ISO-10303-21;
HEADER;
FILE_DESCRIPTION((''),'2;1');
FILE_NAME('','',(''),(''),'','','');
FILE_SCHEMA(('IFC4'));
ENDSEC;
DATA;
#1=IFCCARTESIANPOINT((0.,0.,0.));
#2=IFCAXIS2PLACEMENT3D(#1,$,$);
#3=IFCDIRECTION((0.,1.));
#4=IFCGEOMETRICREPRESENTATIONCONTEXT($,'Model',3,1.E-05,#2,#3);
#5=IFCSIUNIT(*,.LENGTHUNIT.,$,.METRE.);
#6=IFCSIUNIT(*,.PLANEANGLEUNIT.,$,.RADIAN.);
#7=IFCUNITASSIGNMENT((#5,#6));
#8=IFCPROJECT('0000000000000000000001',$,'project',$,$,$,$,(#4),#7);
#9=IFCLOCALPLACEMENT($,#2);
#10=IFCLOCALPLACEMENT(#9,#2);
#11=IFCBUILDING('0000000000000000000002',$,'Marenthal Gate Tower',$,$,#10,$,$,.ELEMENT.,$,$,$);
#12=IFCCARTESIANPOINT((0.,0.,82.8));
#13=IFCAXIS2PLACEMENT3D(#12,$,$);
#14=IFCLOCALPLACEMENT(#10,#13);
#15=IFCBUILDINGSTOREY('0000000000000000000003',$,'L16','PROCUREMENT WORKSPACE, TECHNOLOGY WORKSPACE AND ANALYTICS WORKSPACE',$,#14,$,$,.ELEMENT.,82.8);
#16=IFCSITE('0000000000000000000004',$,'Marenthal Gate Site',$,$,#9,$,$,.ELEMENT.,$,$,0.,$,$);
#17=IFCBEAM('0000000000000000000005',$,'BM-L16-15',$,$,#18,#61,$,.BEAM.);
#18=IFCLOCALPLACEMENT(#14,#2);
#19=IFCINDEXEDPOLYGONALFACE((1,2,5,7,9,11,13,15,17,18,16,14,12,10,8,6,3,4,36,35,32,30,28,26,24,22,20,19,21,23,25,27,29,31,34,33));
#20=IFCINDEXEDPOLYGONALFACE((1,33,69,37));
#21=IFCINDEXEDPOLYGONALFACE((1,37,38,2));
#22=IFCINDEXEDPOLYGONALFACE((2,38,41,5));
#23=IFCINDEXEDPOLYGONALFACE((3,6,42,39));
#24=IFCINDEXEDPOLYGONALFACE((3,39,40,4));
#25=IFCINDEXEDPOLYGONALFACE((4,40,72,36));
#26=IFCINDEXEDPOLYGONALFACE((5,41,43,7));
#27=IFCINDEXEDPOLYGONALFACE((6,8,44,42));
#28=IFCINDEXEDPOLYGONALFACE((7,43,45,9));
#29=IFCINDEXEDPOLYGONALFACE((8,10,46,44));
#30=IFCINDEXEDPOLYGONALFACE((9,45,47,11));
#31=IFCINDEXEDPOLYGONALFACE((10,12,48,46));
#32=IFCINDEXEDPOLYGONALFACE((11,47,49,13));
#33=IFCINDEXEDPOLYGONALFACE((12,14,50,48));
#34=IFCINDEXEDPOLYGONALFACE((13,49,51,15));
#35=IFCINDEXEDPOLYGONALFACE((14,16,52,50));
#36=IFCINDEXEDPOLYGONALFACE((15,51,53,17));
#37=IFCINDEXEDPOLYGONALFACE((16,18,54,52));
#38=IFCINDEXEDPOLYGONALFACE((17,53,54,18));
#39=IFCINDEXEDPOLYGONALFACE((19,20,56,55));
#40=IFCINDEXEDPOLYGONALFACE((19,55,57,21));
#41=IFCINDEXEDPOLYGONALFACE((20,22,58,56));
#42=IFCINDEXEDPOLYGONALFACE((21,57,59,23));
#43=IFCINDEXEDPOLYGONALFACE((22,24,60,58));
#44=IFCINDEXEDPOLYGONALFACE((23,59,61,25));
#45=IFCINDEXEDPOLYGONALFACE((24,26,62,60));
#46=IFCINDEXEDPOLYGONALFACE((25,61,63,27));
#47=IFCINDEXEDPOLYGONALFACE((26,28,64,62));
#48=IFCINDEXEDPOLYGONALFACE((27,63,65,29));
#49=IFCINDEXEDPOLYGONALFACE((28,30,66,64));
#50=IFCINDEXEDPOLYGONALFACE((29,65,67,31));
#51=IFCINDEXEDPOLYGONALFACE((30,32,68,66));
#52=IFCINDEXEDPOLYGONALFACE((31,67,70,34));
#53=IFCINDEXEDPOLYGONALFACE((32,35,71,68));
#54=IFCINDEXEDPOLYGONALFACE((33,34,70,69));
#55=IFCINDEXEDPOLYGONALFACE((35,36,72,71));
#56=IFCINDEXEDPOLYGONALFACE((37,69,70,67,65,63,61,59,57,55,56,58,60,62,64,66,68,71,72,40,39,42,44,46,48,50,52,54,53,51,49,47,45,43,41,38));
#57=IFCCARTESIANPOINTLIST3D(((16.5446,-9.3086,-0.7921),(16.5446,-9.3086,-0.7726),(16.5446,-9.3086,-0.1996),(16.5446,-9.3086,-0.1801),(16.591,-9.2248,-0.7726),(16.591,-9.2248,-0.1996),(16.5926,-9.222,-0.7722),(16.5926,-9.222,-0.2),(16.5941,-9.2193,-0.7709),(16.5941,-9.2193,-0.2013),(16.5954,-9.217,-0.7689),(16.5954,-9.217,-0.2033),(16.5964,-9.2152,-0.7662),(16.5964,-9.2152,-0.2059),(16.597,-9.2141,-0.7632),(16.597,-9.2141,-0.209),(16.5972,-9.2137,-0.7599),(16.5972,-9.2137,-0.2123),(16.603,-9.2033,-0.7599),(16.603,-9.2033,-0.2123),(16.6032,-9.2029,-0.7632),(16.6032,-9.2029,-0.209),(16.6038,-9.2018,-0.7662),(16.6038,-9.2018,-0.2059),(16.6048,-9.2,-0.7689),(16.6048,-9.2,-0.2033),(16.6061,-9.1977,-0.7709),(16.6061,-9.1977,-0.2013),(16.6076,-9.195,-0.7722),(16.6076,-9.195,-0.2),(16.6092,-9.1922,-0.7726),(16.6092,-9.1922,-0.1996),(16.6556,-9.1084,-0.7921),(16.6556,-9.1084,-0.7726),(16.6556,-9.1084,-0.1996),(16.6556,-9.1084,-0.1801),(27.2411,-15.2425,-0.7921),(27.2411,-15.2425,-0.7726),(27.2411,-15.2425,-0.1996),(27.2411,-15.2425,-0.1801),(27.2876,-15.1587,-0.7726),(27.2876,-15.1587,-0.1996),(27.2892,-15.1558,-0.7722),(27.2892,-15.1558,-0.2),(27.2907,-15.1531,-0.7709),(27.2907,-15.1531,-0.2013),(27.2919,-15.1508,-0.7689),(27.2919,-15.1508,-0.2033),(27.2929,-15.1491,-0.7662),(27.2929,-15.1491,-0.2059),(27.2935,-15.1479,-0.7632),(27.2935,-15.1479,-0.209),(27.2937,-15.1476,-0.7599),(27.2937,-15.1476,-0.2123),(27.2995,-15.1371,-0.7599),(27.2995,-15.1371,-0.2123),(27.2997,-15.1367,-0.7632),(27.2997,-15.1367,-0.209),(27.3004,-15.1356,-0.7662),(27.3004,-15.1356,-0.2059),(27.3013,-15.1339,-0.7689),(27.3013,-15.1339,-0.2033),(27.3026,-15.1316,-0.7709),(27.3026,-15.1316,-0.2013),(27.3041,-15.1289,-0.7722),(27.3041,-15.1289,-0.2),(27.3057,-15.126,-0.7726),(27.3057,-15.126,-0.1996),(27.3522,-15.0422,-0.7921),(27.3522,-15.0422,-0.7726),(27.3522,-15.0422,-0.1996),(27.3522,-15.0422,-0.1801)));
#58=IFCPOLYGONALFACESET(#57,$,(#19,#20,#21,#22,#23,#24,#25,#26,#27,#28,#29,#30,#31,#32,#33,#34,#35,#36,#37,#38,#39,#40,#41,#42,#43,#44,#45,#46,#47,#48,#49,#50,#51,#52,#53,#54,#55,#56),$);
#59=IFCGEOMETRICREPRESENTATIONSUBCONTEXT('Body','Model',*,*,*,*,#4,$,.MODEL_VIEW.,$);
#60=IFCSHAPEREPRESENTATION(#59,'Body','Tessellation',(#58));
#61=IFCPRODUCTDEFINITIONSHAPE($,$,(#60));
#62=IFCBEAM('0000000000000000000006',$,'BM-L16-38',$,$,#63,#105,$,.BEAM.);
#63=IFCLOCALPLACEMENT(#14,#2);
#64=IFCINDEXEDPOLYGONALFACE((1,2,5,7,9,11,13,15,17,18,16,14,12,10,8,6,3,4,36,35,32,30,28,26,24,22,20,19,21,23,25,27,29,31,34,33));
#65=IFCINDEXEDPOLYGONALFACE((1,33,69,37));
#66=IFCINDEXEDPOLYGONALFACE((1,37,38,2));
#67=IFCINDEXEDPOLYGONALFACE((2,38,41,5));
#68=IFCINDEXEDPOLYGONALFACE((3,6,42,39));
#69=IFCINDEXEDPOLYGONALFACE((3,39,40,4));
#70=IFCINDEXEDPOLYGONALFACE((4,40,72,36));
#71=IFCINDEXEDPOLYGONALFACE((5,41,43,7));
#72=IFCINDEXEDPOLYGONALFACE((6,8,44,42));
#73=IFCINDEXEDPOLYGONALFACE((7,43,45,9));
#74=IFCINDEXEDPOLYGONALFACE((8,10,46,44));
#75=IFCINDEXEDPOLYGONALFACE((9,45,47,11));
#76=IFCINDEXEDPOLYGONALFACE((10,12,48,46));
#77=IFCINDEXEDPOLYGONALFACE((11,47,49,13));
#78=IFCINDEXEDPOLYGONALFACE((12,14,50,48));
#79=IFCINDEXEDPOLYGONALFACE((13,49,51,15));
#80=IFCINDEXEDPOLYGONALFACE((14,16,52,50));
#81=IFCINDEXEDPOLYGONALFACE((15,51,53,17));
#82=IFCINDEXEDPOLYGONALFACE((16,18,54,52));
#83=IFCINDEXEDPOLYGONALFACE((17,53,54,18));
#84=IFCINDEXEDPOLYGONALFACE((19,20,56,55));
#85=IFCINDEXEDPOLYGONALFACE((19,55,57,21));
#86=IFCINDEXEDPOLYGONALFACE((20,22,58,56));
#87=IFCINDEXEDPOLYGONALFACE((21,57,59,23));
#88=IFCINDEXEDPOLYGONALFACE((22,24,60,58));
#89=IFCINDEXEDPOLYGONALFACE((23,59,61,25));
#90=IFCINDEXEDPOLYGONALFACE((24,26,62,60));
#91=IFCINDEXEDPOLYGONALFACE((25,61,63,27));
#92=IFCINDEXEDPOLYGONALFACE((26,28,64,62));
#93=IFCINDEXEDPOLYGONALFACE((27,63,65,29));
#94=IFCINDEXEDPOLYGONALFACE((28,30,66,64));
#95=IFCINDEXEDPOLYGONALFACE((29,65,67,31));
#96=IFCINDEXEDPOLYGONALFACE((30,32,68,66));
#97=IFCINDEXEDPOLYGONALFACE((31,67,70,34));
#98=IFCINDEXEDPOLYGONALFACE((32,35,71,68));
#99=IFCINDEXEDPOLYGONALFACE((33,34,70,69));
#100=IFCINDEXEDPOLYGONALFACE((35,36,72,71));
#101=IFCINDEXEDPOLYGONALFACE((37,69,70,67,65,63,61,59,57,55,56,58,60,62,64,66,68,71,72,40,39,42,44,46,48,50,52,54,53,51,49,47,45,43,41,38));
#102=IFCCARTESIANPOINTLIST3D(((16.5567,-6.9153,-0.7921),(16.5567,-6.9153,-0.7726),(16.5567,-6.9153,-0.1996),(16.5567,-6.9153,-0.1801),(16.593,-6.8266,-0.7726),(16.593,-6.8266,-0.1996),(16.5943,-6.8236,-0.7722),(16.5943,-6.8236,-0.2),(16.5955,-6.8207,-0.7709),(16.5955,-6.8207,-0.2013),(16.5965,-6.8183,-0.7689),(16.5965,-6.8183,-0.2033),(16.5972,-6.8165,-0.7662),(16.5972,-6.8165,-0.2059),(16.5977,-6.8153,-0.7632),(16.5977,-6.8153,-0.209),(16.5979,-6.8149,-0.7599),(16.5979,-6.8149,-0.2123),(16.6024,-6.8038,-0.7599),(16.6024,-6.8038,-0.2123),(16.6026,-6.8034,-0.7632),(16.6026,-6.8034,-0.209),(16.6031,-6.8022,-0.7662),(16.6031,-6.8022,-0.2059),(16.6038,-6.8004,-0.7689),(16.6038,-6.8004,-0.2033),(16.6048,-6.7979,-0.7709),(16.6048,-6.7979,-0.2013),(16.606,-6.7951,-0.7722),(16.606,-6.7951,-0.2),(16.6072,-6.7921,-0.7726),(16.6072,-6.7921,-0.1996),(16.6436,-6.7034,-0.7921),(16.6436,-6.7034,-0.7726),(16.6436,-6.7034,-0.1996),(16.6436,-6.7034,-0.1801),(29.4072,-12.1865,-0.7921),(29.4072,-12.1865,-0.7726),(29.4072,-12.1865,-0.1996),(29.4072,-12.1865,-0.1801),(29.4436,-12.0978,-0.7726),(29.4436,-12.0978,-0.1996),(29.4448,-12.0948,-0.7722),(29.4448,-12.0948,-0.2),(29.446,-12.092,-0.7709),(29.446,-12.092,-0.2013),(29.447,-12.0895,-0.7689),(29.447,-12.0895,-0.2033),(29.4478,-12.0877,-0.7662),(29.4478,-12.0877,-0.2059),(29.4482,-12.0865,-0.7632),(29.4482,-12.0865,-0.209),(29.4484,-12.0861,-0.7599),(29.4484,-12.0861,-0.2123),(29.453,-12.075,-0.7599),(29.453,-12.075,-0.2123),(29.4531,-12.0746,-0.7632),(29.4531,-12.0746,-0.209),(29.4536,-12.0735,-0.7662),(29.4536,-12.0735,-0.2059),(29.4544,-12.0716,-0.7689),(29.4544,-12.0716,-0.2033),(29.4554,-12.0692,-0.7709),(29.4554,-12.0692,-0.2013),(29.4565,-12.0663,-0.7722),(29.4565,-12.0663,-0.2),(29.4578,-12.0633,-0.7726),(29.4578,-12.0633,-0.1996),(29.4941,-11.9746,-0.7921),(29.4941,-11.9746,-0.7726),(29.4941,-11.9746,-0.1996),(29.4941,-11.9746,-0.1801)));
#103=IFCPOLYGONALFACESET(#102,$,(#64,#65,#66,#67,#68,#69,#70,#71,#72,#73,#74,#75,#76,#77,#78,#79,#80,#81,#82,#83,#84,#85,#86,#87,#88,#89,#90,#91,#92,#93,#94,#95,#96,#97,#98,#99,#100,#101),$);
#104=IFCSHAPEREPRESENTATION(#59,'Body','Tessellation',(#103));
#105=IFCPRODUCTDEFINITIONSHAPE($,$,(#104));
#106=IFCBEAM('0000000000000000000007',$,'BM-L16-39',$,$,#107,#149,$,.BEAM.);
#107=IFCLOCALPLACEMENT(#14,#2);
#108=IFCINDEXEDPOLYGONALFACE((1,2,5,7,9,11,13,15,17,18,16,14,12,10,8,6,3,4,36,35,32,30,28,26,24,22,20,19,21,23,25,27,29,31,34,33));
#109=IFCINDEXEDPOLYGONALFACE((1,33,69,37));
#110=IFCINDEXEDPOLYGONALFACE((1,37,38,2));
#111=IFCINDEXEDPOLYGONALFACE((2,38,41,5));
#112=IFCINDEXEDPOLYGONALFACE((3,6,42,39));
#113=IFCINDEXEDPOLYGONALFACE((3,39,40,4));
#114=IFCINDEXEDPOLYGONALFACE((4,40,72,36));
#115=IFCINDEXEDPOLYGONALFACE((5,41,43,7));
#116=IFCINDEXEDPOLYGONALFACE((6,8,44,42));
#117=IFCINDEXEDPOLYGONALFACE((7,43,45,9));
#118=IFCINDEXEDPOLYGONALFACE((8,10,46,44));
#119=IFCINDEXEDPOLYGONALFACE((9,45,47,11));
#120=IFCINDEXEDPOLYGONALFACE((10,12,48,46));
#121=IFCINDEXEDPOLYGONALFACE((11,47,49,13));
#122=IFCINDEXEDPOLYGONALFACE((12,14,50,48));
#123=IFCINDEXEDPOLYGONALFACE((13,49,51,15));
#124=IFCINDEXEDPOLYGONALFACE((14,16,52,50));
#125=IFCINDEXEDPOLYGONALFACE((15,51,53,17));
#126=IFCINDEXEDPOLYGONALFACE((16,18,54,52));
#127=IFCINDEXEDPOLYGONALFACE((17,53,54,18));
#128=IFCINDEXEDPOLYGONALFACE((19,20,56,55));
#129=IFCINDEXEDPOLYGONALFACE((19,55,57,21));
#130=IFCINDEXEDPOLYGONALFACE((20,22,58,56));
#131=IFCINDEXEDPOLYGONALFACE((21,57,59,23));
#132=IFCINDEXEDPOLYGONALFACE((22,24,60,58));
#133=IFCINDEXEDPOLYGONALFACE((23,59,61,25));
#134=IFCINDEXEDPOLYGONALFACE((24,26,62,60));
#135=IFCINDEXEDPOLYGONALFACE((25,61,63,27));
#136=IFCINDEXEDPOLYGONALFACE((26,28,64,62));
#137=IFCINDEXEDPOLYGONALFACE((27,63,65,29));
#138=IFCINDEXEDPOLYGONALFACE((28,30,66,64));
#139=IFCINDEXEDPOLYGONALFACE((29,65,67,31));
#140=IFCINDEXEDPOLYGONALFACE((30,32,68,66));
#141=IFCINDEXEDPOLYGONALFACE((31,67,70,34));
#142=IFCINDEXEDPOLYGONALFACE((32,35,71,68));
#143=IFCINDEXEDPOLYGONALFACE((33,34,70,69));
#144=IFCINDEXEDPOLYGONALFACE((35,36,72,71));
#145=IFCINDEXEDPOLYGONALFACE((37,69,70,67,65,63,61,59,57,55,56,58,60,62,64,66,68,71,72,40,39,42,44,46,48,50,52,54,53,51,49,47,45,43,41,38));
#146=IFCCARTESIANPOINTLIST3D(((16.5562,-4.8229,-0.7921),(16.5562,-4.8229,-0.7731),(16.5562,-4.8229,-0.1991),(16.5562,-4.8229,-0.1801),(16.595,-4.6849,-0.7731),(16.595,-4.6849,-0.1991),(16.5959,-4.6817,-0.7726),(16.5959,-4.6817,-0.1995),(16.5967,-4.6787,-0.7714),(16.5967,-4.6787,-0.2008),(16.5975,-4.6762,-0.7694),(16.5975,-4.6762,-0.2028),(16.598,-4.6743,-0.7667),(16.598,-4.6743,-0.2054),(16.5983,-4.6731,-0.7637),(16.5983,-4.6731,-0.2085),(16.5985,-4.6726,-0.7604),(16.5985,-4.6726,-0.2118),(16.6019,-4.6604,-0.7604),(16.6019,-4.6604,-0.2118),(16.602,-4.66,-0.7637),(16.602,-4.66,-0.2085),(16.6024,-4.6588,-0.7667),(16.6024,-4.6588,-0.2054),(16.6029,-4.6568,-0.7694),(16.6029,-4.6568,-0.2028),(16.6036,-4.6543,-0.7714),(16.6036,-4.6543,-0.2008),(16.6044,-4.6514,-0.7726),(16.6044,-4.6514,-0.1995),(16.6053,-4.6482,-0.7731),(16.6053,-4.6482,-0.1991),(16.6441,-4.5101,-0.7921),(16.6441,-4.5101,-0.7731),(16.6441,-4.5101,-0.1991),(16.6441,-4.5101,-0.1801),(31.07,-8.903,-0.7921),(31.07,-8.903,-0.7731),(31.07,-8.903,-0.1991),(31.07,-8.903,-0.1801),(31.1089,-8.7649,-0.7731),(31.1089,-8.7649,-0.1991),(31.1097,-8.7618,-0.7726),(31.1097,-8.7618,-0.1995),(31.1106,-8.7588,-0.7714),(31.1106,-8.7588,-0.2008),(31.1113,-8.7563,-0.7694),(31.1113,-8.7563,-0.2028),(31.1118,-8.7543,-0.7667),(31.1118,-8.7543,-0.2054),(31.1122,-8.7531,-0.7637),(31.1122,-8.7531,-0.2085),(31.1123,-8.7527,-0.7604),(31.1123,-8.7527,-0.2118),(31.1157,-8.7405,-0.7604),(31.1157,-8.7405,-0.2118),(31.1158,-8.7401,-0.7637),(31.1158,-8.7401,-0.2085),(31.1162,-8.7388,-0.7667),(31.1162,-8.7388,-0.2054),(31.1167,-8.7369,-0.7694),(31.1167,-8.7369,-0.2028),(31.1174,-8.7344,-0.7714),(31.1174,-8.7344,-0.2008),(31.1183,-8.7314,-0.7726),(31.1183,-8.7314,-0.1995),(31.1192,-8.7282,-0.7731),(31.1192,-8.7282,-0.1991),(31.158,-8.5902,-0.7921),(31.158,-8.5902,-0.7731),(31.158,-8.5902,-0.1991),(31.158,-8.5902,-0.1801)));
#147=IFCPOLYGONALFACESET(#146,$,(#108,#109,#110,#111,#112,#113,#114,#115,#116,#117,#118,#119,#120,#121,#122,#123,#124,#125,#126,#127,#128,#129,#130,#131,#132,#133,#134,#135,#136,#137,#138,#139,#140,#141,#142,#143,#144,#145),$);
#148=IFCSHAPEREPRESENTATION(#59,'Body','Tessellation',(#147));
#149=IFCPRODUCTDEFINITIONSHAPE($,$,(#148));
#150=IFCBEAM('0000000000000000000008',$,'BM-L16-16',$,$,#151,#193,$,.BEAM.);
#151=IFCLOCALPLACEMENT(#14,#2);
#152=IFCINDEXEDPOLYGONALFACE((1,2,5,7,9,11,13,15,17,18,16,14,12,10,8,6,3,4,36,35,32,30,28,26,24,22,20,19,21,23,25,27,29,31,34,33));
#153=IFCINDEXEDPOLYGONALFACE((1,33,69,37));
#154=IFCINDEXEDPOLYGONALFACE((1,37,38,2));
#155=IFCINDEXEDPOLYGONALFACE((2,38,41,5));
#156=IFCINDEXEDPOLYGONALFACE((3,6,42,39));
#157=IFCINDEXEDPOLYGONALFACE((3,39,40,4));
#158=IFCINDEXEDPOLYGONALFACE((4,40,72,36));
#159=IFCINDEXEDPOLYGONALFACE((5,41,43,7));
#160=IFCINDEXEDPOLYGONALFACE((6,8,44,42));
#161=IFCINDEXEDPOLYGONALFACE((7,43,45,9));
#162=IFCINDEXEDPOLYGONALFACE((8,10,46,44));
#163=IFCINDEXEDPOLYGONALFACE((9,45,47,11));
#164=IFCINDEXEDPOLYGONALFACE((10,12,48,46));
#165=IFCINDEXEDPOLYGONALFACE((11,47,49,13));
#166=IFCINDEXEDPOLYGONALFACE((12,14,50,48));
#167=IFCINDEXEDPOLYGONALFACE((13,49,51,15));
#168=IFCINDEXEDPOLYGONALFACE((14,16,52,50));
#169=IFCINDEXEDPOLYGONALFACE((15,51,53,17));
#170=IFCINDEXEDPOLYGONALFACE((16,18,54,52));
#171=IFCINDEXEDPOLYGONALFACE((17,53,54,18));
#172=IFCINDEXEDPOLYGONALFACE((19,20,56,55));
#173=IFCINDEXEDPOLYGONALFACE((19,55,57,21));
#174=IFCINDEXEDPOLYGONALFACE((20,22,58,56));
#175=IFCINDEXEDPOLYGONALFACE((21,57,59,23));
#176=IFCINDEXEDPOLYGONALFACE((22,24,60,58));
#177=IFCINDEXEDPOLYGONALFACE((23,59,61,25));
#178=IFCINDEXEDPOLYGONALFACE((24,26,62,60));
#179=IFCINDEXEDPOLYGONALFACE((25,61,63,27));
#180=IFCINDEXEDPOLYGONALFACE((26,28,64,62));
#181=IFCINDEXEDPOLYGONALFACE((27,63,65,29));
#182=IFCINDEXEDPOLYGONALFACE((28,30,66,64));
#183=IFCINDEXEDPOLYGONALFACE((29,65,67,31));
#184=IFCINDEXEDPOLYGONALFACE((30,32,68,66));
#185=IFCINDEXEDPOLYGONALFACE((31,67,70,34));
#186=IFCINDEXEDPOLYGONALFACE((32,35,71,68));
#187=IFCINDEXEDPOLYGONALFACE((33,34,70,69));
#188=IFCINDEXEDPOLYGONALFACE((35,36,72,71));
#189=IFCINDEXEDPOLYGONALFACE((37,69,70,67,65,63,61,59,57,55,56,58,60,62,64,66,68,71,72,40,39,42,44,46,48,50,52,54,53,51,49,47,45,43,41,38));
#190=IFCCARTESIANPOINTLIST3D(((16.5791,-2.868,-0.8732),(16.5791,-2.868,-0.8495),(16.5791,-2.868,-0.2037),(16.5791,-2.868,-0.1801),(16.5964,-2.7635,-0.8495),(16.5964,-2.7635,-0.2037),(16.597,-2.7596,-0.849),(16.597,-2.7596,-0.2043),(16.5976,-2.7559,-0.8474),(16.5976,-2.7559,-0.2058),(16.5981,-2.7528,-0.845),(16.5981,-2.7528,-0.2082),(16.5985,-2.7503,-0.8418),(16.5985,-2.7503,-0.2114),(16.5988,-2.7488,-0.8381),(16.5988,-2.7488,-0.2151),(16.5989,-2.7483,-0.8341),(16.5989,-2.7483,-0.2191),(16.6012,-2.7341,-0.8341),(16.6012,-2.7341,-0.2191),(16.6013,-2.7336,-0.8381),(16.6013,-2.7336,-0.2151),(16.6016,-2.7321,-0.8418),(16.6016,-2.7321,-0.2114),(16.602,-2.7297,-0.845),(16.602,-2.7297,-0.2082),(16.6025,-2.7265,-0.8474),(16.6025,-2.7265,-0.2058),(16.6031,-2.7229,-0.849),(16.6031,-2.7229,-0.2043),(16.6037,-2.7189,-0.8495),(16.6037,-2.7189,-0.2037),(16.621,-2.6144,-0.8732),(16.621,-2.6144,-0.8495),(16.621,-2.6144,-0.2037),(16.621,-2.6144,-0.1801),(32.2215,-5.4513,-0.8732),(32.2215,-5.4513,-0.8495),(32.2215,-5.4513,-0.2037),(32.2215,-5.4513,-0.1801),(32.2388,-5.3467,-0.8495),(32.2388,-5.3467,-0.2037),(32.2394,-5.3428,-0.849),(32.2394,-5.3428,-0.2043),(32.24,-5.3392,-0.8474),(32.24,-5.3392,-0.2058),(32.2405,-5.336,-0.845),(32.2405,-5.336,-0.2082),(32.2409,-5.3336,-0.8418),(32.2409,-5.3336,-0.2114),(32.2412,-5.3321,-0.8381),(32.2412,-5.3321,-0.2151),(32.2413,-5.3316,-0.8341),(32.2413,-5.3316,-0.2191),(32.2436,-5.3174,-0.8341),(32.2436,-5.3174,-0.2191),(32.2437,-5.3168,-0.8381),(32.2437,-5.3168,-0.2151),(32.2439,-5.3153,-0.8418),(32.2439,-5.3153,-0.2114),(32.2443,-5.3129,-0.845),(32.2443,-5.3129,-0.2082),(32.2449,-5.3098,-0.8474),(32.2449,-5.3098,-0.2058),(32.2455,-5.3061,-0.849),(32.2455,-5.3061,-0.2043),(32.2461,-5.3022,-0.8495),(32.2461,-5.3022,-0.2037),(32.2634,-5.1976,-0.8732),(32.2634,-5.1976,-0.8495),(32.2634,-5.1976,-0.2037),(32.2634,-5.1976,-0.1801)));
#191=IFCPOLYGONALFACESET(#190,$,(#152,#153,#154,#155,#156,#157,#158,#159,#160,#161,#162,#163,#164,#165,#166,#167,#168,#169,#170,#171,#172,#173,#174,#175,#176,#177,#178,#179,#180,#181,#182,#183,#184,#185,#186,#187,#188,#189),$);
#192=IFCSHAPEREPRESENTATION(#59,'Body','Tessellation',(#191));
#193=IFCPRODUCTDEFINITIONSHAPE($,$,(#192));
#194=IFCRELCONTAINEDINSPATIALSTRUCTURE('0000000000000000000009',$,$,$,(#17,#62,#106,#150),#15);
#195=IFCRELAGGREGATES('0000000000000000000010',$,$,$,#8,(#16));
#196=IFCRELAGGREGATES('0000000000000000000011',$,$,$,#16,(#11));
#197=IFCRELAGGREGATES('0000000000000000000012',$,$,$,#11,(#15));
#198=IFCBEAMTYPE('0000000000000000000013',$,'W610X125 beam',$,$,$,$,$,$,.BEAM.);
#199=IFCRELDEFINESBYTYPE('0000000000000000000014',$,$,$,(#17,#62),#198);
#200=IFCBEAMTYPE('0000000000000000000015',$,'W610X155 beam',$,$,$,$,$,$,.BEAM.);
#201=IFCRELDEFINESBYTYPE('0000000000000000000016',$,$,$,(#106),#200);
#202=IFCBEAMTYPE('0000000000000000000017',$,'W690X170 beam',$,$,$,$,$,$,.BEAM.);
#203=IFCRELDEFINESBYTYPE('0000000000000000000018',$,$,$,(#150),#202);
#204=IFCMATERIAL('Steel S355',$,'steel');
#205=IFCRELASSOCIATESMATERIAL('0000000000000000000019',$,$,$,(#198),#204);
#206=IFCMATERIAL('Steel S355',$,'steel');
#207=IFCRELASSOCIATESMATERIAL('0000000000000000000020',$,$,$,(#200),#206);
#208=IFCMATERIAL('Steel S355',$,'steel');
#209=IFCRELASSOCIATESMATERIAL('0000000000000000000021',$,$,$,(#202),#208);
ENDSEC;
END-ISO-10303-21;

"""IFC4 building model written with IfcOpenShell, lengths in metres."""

from ifc_helpers import new_model, si_unit, direction, frame, origin, origin_2d, place, context, subcontext, project, spatial, i_section, extrude, material, material_profile, profile_set, type_object, element, save


model = new_model("IFC4")

# Units and contexts
model_context = context("Model", 3, precision=1e-05, world=origin(), true_north=direction((0.0, 1.0)))
body_context = subcontext(model_context, "Body", "Model", "MODEL_VIEW")
ifc_project = project(units=[si_unit("LENGTHUNIT", "METRE"), si_unit("PLANEANGLEUNIT", "RADIAN")], contexts=[model_context])

# Site, building, storey
site_placement = place(None, origin())
site = spatial("IfcSite", under=ifc_project, at=site_placement, Name="Marenthal Gate Site", CompositionType="ELEMENT", RefElevation=0.0)
building_placement = place(site_placement, origin())
building = spatial("IfcBuilding", under=site, at=building_placement, Name="Marenthal Gate Tower", CompositionType="ELEMENT")
storey_placement = place(building_placement, frame((0.0, 0.0, 82.8)))
storey = spatial("IfcBuildingStorey", under=building, at=storey_placement, Name="L16", Description="PROCUREMENT WORKSPACE, TECHNOLOGY WORKSPACE AND ANALYTICS WORKSPACE", CompositionType="ELEMENT", Elevation=82.8)

# Beams
ifc_material_1 = material(Name="Steel S355", Category="steel")
ifc_material_profile_1 = material_profile(ifc_material_1, i_section(OverallWidth=0.229, OverallDepth=0.6121, WebThickness=0.012, FlangeThickness=0.0195, FilletRadius=0.0127, at=origin_2d()), Name="W610X125")
ifc_profile_set_1 = profile_set([ifc_material_profile_1], Name="Steel S355")
beam_type_1 = type_object("IfcBeamType", Name="W610X125 beam", PredefinedType="BEAM", material=ifc_profile_set_1)
beam_1_placement = place(storey_placement, frame((27.2966, -15.1423, -0.4861), z_axis=(-0.874458, 0.485101, 0.0), x_axis=(-0.485101, -0.874458, 0.0)))
element("IfcBeam", 1, at=beam_1_placement, inside=storey, type_object=beam_type_1, Name="BM-L16-15", PredefinedType="BEAM", context=body_context, shape_type="SweptSolid", body=[
    extrude(i_section(OverallWidth=0.229, OverallDepth=0.6121, WebThickness=0.012, FlangeThickness=0.0195, FilletRadius=0.0127, at=origin_2d()), origin(), (0.0, 0.0, 1.0), 12.2322),
])
beam_2_placement = place(storey_placement, frame((29.4507, -12.0806, -0.4861), z_axis=(-0.925189, 0.379507, 0.0), x_axis=(-0.379507, -0.925189, 0.0)))
element("IfcBeam", 2, at=beam_2_placement, inside=storey, type_object=beam_type_1, Name="BM-L16-38", PredefinedType="BEAM", context=body_context, shape_type="SweptSolid", body=[
    extrude(i_section(OverallWidth=0.229, OverallDepth=0.6121, WebThickness=0.012, FlangeThickness=0.0195, FilletRadius=0.0127, at=origin_2d()), origin(), (0.0, 0.0, 1.0), 13.8896),
])
ifc_material_2 = material(Name="Steel S355", Category="steel")
ifc_material_profile_2 = material_profile(ifc_material_2, i_section(OverallWidth=0.325, OverallDepth=0.6121, WebThickness=0.0127, FlangeThickness=0.019, FilletRadius=0.0127, at=origin_2d()), Name="W610X155")
ifc_profile_set_2 = profile_set([ifc_material_profile_2], Name="Steel S355")
beam_type_2 = type_object("IfcBeamType", Name="W610X155 beam", PredefinedType="BEAM", material=ifc_profile_set_2)
beam_3_placement = place(storey_placement, frame((31.114, -8.7466, -0.4861), z_axis=(-0.962685, 0.270625, 0.0), x_axis=(-0.270625, -0.962685, 0.0)))
element("IfcBeam", 3, at=beam_3_placement, inside=storey, type_object=beam_type_2, Name="BM-L16-39", PredefinedType="BEAM", context=body_context, shape_type="SweptSolid", body=[
    extrude(i_section(OverallWidth=0.325, OverallDepth=0.6121, WebThickness=0.0127, FlangeThickness=0.019, FilletRadius=0.0127, at=origin_2d()), origin(), (0.0, 0.0, 1.0), 15.0764),
])
ifc_material_3 = material(Name="Steel S355", Category="steel")
ifc_material_profile_3 = material_profile(ifc_material_3, i_section(OverallWidth=0.2571, OverallDepth=0.6931, WebThickness=0.0144, FlangeThickness=0.0237, FilletRadius=0.0154, at=origin_2d()), Name="W690X170")
ifc_profile_set_3 = profile_set([ifc_material_profile_3], Name="Steel S355")
beam_type_3 = type_object("IfcBeamType", Name="W690X170 beam", PredefinedType="BEAM", material=ifc_profile_set_3)
beam_4_placement = place(storey_placement, frame((32.2424, -5.3245, -0.5266), z_axis=(-0.986636, 0.162938, 0.0), x_axis=(-0.162938, -0.986636, 0.0)))
element("IfcBeam", 4, at=beam_4_placement, inside=storey, type_object=beam_type_3, Name="BM-L16-16", PredefinedType="BEAM", context=body_context, shape_type="SweptSolid", body=[
    extrude(i_section(OverallWidth=0.2571, OverallDepth=0.6931, WebThickness=0.0144, FlangeThickness=0.0237, FilletRadius=0.0154, at=origin_2d()), origin(), (0.0, 0.0, 1.0), 15.8542),
])

save(model, "model.ifc")
